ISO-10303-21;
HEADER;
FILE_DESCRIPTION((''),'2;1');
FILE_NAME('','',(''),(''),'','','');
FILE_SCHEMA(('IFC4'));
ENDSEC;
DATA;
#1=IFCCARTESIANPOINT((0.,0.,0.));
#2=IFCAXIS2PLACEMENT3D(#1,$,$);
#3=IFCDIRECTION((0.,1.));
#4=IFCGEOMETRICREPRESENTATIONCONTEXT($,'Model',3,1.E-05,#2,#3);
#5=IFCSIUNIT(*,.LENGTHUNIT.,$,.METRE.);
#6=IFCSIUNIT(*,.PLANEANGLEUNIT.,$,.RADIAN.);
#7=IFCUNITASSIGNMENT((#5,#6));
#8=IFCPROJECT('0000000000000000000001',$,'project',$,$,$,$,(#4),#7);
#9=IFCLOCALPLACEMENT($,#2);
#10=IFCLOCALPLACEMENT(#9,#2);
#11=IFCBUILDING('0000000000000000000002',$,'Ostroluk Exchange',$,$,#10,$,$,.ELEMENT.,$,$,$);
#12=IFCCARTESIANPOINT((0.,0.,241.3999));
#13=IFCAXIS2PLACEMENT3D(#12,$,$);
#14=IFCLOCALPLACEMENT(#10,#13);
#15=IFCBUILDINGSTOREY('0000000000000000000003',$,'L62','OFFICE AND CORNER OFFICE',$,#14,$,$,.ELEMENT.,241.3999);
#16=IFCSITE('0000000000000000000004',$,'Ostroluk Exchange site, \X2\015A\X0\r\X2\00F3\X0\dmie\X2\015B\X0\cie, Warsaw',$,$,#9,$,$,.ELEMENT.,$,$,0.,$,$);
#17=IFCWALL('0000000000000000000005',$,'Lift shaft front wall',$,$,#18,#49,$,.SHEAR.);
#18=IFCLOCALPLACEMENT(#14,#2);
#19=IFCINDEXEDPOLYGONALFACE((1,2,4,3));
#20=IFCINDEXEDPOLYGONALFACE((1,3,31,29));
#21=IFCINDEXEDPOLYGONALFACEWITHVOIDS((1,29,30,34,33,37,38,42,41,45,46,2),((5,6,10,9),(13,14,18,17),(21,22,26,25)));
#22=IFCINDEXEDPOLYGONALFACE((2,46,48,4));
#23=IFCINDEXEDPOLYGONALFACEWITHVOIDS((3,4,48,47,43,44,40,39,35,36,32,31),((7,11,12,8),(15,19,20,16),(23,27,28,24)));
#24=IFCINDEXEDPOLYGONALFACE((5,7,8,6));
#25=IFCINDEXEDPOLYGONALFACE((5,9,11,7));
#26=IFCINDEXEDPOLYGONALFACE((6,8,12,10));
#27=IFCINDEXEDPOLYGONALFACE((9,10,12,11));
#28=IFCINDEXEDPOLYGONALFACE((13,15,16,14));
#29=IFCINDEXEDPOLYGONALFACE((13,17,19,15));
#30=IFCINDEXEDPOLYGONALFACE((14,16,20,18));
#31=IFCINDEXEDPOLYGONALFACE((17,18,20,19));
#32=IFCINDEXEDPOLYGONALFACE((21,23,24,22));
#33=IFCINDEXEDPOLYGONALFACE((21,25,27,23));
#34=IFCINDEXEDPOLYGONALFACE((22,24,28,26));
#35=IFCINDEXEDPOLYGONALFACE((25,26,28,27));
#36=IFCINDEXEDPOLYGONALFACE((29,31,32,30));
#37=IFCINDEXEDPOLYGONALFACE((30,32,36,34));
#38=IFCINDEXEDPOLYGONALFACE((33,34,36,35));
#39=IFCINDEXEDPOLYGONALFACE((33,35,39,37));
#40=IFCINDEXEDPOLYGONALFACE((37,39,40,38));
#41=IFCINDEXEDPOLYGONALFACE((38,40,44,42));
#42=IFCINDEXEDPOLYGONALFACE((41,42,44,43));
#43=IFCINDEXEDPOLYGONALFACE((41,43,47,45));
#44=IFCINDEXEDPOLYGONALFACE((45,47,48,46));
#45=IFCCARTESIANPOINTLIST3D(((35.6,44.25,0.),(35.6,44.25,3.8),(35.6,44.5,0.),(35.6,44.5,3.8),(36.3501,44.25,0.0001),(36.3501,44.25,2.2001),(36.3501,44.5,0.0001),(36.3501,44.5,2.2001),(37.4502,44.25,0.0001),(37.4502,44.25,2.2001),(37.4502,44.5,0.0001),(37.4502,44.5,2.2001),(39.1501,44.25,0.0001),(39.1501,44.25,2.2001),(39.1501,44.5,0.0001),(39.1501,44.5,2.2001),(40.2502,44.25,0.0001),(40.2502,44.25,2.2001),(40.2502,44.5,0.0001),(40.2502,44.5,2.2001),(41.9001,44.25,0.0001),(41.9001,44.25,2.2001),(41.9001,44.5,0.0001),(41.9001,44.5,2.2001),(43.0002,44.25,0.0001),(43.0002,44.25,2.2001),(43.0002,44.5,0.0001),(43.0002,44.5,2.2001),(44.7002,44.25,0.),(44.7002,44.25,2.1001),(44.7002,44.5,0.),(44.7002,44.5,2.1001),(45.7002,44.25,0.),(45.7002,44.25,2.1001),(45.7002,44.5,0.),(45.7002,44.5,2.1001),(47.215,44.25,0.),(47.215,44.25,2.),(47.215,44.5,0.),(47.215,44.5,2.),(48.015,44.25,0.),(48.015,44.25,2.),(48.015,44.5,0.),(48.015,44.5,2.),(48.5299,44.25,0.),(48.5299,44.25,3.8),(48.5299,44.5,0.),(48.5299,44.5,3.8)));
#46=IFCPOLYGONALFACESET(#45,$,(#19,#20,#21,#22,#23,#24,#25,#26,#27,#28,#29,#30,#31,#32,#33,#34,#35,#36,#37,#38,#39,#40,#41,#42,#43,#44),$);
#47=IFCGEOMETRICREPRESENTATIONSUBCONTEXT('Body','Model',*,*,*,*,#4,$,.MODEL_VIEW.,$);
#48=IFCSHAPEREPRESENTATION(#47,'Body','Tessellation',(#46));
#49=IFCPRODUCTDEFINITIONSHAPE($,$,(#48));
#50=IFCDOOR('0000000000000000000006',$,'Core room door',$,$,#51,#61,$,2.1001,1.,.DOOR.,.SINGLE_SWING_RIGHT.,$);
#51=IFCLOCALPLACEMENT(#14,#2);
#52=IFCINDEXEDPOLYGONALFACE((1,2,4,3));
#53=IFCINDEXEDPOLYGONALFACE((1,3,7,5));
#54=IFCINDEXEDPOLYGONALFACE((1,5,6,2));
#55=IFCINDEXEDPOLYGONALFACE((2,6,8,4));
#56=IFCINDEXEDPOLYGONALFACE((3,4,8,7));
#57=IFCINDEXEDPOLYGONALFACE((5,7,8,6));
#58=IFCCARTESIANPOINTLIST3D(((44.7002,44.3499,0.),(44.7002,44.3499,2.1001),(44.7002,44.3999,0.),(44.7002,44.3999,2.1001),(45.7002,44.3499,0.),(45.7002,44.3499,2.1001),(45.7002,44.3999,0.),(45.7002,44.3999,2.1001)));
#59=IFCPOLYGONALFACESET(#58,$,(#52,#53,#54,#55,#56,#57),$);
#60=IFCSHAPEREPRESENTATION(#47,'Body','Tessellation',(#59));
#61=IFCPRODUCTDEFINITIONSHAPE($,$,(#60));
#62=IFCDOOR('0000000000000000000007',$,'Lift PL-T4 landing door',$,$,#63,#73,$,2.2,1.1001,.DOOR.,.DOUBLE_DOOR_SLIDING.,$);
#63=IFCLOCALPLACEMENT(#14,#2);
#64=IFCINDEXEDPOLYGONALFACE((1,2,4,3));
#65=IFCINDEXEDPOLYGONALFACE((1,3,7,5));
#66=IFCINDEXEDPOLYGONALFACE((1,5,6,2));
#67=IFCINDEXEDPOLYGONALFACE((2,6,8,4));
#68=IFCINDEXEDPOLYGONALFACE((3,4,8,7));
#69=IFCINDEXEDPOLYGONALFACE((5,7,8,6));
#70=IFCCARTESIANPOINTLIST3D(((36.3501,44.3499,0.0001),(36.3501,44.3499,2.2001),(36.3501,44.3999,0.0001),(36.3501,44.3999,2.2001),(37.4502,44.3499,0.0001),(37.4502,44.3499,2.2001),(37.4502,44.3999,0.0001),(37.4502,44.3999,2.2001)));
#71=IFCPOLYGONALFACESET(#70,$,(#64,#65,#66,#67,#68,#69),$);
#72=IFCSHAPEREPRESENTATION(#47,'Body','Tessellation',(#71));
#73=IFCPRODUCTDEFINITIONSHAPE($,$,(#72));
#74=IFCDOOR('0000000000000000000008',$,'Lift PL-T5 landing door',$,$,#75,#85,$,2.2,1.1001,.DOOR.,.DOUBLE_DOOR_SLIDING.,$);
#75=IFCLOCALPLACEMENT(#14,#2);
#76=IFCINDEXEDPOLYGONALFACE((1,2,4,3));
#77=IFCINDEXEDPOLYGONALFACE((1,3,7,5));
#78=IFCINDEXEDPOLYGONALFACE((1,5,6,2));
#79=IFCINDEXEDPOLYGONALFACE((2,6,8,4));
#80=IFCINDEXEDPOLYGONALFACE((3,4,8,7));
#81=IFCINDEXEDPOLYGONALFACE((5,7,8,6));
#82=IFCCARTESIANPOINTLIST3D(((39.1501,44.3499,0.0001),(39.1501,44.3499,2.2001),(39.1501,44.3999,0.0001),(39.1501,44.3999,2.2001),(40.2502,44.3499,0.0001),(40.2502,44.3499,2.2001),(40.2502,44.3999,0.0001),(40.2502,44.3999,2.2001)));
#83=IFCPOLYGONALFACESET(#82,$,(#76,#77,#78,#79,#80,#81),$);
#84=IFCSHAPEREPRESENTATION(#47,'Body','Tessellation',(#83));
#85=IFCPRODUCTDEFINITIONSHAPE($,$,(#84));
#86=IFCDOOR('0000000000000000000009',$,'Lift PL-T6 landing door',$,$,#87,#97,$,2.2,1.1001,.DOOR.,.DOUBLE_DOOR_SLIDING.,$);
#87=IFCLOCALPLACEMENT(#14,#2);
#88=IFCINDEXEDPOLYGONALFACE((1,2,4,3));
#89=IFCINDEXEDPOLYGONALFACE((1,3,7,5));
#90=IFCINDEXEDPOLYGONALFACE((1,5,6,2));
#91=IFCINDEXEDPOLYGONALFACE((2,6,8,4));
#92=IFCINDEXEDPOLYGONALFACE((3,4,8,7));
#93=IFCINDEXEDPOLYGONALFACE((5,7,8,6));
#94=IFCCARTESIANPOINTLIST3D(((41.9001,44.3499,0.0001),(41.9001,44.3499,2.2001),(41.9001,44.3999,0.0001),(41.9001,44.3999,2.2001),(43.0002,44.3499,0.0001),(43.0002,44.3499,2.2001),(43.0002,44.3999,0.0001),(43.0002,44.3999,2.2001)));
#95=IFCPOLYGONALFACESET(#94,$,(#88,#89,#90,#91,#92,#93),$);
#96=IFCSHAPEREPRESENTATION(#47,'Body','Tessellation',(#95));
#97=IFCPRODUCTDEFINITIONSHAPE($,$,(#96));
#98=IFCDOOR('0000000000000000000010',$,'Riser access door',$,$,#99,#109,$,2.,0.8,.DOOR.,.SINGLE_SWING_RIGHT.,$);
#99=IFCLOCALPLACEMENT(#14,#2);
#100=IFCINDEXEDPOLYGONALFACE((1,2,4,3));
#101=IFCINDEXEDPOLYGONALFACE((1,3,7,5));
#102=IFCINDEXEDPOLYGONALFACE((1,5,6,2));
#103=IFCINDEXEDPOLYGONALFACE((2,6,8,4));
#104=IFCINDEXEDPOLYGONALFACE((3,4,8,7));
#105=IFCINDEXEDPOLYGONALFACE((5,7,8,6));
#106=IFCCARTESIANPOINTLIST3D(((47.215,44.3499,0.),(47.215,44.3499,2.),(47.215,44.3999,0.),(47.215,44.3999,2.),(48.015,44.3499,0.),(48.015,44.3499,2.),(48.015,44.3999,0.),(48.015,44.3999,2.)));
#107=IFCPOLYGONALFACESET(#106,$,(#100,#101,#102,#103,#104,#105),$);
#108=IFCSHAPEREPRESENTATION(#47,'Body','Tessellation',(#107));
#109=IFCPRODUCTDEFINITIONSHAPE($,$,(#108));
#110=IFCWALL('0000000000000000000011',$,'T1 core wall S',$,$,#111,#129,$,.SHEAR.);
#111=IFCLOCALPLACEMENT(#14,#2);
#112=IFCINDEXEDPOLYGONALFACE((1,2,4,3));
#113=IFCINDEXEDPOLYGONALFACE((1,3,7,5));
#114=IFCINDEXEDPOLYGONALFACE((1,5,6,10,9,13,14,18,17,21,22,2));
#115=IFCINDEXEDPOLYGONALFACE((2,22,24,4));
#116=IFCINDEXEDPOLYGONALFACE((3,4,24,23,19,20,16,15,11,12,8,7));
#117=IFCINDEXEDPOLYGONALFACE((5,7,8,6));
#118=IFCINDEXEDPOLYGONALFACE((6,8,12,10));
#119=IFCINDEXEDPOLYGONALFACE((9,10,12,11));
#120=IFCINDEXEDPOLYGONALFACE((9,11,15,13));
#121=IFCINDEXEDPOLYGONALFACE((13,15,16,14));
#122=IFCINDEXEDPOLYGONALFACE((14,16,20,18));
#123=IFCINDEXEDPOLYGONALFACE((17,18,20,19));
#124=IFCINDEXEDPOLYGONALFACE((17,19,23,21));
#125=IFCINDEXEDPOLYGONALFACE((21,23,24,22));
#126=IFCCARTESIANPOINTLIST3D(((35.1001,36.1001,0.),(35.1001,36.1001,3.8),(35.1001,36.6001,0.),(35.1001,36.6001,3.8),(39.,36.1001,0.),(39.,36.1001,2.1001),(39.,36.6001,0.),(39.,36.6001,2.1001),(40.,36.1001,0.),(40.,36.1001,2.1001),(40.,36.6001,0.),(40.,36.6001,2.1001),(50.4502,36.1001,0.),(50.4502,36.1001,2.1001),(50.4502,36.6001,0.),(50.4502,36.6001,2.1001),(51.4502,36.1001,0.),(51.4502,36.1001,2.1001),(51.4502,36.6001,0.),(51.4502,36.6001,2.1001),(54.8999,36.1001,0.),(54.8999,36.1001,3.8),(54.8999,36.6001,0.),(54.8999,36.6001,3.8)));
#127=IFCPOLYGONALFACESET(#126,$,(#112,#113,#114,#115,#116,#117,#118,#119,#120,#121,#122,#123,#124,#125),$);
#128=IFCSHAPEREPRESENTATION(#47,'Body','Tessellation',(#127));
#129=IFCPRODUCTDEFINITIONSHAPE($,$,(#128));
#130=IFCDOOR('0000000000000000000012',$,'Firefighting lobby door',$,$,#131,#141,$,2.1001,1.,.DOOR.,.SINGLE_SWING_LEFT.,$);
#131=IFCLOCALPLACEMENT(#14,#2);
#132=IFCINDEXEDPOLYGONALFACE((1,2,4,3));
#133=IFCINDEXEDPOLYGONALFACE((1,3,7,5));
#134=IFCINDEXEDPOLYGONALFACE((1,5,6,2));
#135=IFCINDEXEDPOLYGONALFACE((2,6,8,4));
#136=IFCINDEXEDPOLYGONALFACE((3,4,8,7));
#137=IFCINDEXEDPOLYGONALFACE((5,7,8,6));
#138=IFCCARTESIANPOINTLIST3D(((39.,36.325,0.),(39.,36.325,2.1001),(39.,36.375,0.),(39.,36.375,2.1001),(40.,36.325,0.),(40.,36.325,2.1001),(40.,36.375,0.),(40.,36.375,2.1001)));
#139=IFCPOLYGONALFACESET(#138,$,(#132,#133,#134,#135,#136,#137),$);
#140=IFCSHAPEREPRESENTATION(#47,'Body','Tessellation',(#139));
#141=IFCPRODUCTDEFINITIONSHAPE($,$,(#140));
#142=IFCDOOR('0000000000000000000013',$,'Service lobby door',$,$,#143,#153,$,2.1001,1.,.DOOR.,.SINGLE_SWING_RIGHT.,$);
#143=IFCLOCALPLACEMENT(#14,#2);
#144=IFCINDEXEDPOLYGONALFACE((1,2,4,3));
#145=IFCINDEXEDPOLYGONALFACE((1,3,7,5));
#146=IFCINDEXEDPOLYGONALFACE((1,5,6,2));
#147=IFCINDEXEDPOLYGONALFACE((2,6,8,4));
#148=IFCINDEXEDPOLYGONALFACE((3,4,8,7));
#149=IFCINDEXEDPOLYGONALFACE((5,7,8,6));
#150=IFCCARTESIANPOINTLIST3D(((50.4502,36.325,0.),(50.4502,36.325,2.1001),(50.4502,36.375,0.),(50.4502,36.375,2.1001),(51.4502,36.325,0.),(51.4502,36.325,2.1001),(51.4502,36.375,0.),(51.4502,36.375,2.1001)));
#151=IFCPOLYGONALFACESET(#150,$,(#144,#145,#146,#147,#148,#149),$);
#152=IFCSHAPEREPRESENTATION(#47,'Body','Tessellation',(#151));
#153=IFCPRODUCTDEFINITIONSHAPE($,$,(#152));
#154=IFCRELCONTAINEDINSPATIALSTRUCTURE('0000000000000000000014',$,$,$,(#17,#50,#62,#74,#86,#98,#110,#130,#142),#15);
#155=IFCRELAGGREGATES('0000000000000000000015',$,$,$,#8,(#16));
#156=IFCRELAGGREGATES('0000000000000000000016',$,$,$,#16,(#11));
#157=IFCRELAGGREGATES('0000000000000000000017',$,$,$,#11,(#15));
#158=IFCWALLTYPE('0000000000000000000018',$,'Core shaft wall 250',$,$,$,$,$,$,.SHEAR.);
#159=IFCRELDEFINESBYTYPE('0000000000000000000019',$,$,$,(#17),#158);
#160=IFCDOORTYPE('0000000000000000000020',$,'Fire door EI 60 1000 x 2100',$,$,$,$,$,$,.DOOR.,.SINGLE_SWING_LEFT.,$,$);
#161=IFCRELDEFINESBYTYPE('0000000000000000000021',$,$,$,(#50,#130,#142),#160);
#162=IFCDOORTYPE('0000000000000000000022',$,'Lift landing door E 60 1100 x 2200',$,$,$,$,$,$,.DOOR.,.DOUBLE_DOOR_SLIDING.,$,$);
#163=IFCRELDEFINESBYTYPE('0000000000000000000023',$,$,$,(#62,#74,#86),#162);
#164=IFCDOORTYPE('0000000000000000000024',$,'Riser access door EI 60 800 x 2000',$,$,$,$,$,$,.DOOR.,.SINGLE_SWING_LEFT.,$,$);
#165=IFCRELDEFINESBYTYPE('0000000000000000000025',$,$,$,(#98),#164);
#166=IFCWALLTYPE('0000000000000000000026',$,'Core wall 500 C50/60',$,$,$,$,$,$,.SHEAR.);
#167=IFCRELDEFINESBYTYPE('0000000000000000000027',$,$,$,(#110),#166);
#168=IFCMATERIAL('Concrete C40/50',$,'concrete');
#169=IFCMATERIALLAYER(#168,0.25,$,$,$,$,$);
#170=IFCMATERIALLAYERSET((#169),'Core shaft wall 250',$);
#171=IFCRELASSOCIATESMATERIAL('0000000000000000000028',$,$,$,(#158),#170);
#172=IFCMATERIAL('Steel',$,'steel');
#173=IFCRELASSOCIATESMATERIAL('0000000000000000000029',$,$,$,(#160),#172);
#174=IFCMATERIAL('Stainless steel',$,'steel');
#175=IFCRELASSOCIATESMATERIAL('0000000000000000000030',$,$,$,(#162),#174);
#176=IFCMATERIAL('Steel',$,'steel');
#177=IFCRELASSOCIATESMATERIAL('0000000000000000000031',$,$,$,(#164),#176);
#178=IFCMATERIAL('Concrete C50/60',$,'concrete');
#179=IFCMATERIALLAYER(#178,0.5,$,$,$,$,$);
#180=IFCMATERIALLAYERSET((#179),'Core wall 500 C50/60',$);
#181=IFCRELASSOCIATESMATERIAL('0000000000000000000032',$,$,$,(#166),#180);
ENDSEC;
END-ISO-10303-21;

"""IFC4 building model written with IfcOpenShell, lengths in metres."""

from ifc_helpers import new_model, si_unit, direction, frame, frame_2d, origin, place, context, subcontext, project, spatial, rectangle, extrude, material, layer, layer_set, type_object, element, fill, save


model = new_model("IFC4")

# Units and contexts
model_context = context("Model", 3, precision=1e-05, world=origin(), true_north=direction((0.0, 1.0)))
body_context = subcontext(model_context, "Body", "Model", "MODEL_VIEW")
ifc_project = project(units=[si_unit("LENGTHUNIT", "METRE"), si_unit("PLANEANGLEUNIT", "RADIAN")], contexts=[model_context])

# Site, building, storey
site_placement = place(None, origin())
site = spatial("IfcSite", under=ifc_project, at=site_placement, Name="Ostroluk Exchange site, Śródmieście, Warsaw", CompositionType="ELEMENT", RefElevation=0.0)
building_placement = place(site_placement, origin())
building = spatial("IfcBuilding", under=site, at=building_placement, Name="Ostroluk Exchange", CompositionType="ELEMENT")
storey_placement = place(building_placement, frame((0.0, 0.0, 241.3999)))
storey = spatial("IfcBuildingStorey", under=building, at=storey_placement, Name="L62", Description="OFFICE AND CORNER OFFICE", CompositionType="ELEMENT", Elevation=241.3999)

# Shared definitions
ifc_material_1 = material(Name="Concrete C40/50", Category="concrete")
ifc_layer_1 = layer(ifc_material_1, 0.25)
ifc_layer_set_1 = layer_set([ifc_layer_1], Name="Core shaft wall 250")
wall_type_1 = type_object("IfcWallType", Name="Core shaft wall 250", PredefinedType="SHEAR", material=ifc_layer_set_1)

# Walls, openings, doors
wall_1_placement = place(storey_placement, frame((35.6001, 44.375, 0.0), z_axis=(0.0, 0.0, 1.0), x_axis=(1.0, 0.0, 0.0)))
wall_1 = element("IfcWall", 1, at=wall_1_placement, inside=storey, type_object=wall_type_1, Name="Lift shaft front wall", PredefinedType="SHEAR", context=body_context, shape_type="SweptSolid", body=[
    extrude(rectangle(XDim=12.9299, YDim=0.25, at=frame_2d((6.4648, 0.0))), origin(), (0.0, 0.0, 1.0), 3.8),
])
opening_1_placement = place(wall_1_placement, frame((0.75, 0.0, 0.0)))
opening_1 = element("IfcOpeningElement", 2, at=opening_1_placement, cuts=wall_1, PredefinedType="OPENING", context=body_context, shape_type="SweptSolid", body=[
    extrude(rectangle(XDim=1.1001, YDim=2.2, at=frame_2d((0.55, 1.1001))), frame((0.0, 0.135, 0.0), z_axis=(0.0, -1.0, 0.0), x_axis=(1.0, 0.0, 0.0)), (0.0, 0.0, 1.0), 0.27),
])
opening_2_placement = place(wall_1_placement, frame((3.55, 0.0, 0.0)))
opening_2 = element("IfcOpeningElement", 3, at=opening_2_placement, cuts=wall_1, PredefinedType="OPENING", context=body_context, shape_type="SweptSolid", body=[
    extrude(rectangle(XDim=1.1001, YDim=2.2, at=frame_2d((0.55, 1.1001))), frame((0.0, 0.135, 0.0), z_axis=(0.0, -1.0, 0.0), x_axis=(1.0, 0.0, 0.0)), (0.0, 0.0, 1.0), 0.27),
])
opening_3_placement = place(wall_1_placement, frame((6.3, 0.0, 0.0)))
opening_3 = element("IfcOpeningElement", 4, at=opening_3_placement, cuts=wall_1, PredefinedType="OPENING", context=body_context, shape_type="SweptSolid", body=[
    extrude(rectangle(XDim=1.1001, YDim=2.2, at=frame_2d((0.55, 1.1001))), frame((0.0, 0.135, 0.0), z_axis=(0.0, -1.0, 0.0), x_axis=(1.0, 0.0, 0.0)), (0.0, 0.0, 1.0), 0.27),
])
opening_4_placement = place(wall_1_placement, frame((9.1001, 0.0, 0.0)))
opening_4 = element("IfcOpeningElement", 5, at=opening_4_placement, cuts=wall_1, PredefinedType="OPENING", context=body_context, shape_type="SweptSolid", body=[
    extrude(rectangle(XDim=1.0, YDim=2.1001, at=frame_2d((0.5, 1.05))), frame((0.0, 0.135, 0.0), z_axis=(0.0, -1.0, 0.0), x_axis=(1.0, 0.0, 0.0)), (0.0, 0.0, 1.0), 0.27),
])
opening_5_placement = place(wall_1_placement, frame((11.615, 0.0, 0.0)))
opening_5 = element("IfcOpeningElement", 6, at=opening_5_placement, cuts=wall_1, PredefinedType="OPENING", context=body_context, shape_type="SweptSolid", body=[
    extrude(rectangle(XDim=0.8, YDim=2.0, at=frame_2d((0.3999, 1.0))), frame((0.0, 0.135, 0.0), z_axis=(0.0, -1.0, 0.0), x_axis=(1.0, 0.0, 0.0)), (0.0, 0.0, 1.0), 0.27),
])
ifc_material_2 = material(Name="Steel", Category="steel")
door_type_1 = type_object("IfcDoorType", Name="Fire door EI 60 1000 x 2100", OperationType="SINGLE_SWING_LEFT", PredefinedType="DOOR", material=ifc_material_2)
door_1_placement = place(opening_4_placement, origin())
door_1 = element("IfcDoor", 7, at=door_1_placement, inside=storey, type_object=door_type_1, Name="Core room door", OperationType="SINGLE_SWING_RIGHT", OverallHeight=2.1001, OverallWidth=1.0, PredefinedType="DOOR", context=body_context, shape_type="SweptSolid", body=[
    extrude(rectangle(XDim=1.0, YDim=2.1001, at=frame_2d((0.5, 1.05))), frame((0.0, 0.0249, 0.0), z_axis=(0.0, -1.0, 0.0), x_axis=(1.0, 0.0, 0.0)), (0.0, 0.0, 1.0), 0.05),
])
fill(opening_4, door_1)
ifc_material_3 = material(Name="Stainless steel", Category="steel")
door_type_2 = type_object("IfcDoorType", Name="Lift landing door E 60 1100 x 2200", OperationType="DOUBLE_DOOR_SLIDING", PredefinedType="DOOR", material=ifc_material_3)
door_2_placement = place(opening_1_placement, origin())
door_2 = element("IfcDoor", 8, at=door_2_placement, inside=storey, type_object=door_type_2, Name="Lift PL-T4 landing door", OperationType="DOUBLE_DOOR_SLIDING", OverallHeight=2.2, OverallWidth=1.1001, PredefinedType="DOOR", context=body_context, shape_type="SweptSolid", body=[
    extrude(rectangle(XDim=1.1001, YDim=2.2, at=frame_2d((0.55, 1.1001))), frame((0.0, 0.0249, 0.0), z_axis=(0.0, -1.0, 0.0), x_axis=(1.0, 0.0, 0.0)), (0.0, 0.0, 1.0), 0.05),
])
fill(opening_1, door_2)
door_3_placement = place(opening_2_placement, origin())
door_3 = element("IfcDoor", 9, at=door_3_placement, inside=storey, type_object=door_type_2, Name="Lift PL-T5 landing door", OperationType="DOUBLE_DOOR_SLIDING", OverallHeight=2.2, OverallWidth=1.1001, PredefinedType="DOOR", context=body_context, shape_type="SweptSolid", body=[
    extrude(rectangle(XDim=1.1001, YDim=2.2, at=frame_2d((0.55, 1.1001))), frame((0.0, 0.0249, 0.0), z_axis=(0.0, -1.0, 0.0), x_axis=(1.0, 0.0, 0.0)), (0.0, 0.0, 1.0), 0.05),
])
fill(opening_2, door_3)
door_4_placement = place(opening_3_placement, origin())
door_4 = element("IfcDoor", 10, at=door_4_placement, inside=storey, type_object=door_type_2, Name="Lift PL-T6 landing door", OperationType="DOUBLE_DOOR_SLIDING", OverallHeight=2.2, OverallWidth=1.1001, PredefinedType="DOOR", context=body_context, shape_type="SweptSolid", body=[
    extrude(rectangle(XDim=1.1001, YDim=2.2, at=frame_2d((0.55, 1.1001))), frame((0.0, 0.0249, 0.0), z_axis=(0.0, -1.0, 0.0), x_axis=(1.0, 0.0, 0.0)), (0.0, 0.0, 1.0), 0.05),
])
fill(opening_3, door_4)
ifc_material_4 = material(Name="Steel", Category="steel")
door_type_3 = type_object("IfcDoorType", Name="Riser access door EI 60 800 x 2000", OperationType="SINGLE_SWING_LEFT", PredefinedType="DOOR", material=ifc_material_4)
door_5_placement = place(opening_5_placement, origin())
door_5 = element("IfcDoor", 11, at=door_5_placement, inside=storey, type_object=door_type_3, Name="Riser access door", OperationType="SINGLE_SWING_RIGHT", OverallHeight=2.0, OverallWidth=0.8, PredefinedType="DOOR", context=body_context, shape_type="SweptSolid", body=[
    extrude(rectangle(XDim=0.8, YDim=2.0, at=frame_2d((0.3999, 1.0))), frame((0.0, 0.0249, 0.0), z_axis=(0.0, -1.0, 0.0), x_axis=(1.0, 0.0, 0.0)), (0.0, 0.0, 1.0), 0.05),
])
fill(opening_5, door_5)
ifc_material_5 = material(Name="Concrete C50/60", Category="concrete")
ifc_layer_2 = layer(ifc_material_5, 0.5)
ifc_layer_set_2 = layer_set([ifc_layer_2], Name="Core wall 500 C50/60")
wall_type_2 = type_object("IfcWallType", Name="Core wall 500 C50/60", PredefinedType="SHEAR", material=ifc_layer_set_2)
wall_2_placement = place(storey_placement, frame((35.1001, 36.3501, 0.0), z_axis=(0.0, 0.0, 1.0), x_axis=(1.0, 0.0, 0.0)))
wall_2 = element("IfcWall", 12, at=wall_2_placement, inside=storey, type_object=wall_type_2, Name="T1 core wall S", PredefinedType="SHEAR", context=body_context, shape_type="SweptSolid", body=[
    extrude(rectangle(XDim=19.7998, YDim=0.5, at=frame_2d((9.8999, 0.0))), origin(), (0.0, 0.0, 1.0), 3.8),
])
opening_6_placement = place(wall_2_placement, frame((3.8999, 0.0, 0.0)))
opening_6 = element("IfcOpeningElement", 13, at=opening_6_placement, cuts=wall_2, PredefinedType="OPENING", context=body_context, shape_type="SweptSolid", body=[
    extrude(rectangle(XDim=1.0, YDim=2.1001, at=frame_2d((0.5, 1.05))), frame((0.0, 0.26, 0.0), z_axis=(0.0, -1.0, 0.0), x_axis=(1.0, 0.0, 0.0)), (0.0, 0.0, 1.0), 0.52),
])
opening_7_placement = place(wall_2_placement, frame((15.3501, 0.0, 0.0)))
opening_7 = element("IfcOpeningElement", 14, at=opening_7_placement, cuts=wall_2, PredefinedType="OPENING", context=body_context, shape_type="SweptSolid", body=[
    extrude(rectangle(XDim=1.0, YDim=2.1001, at=frame_2d((0.5, 1.05))), frame((0.0, 0.26, 0.0), z_axis=(0.0, -1.0, 0.0), x_axis=(1.0, 0.0, 0.0)), (0.0, 0.0, 1.0), 0.52),
])
door_6_placement = place(opening_6_placement, origin())
door_6 = element("IfcDoor", 15, at=door_6_placement, inside=storey, type_object=door_type_1, Name="Firefighting lobby door", OperationType="SINGLE_SWING_LEFT", OverallHeight=2.1001, OverallWidth=1.0, PredefinedType="DOOR", context=body_context, shape_type="SweptSolid", body=[
    extrude(rectangle(XDim=1.0, YDim=2.1001, at=frame_2d((0.5, 1.05))), frame((0.0, 0.0249, 0.0), z_axis=(0.0, -1.0, 0.0), x_axis=(1.0, 0.0, 0.0)), (0.0, 0.0, 1.0), 0.05),
])
fill(opening_6, door_6)
door_7_placement = place(opening_7_placement, origin())
door_7 = element("IfcDoor", 16, at=door_7_placement, inside=storey, type_object=door_type_1, Name="Service lobby door", OperationType="SINGLE_SWING_RIGHT", OverallHeight=2.1001, OverallWidth=1.0, PredefinedType="DOOR", context=body_context, shape_type="SweptSolid", body=[
    extrude(rectangle(XDim=1.0, YDim=2.1001, at=frame_2d((0.5, 1.05))), frame((0.0, 0.0249, 0.0), z_axis=(0.0, -1.0, 0.0), x_axis=(1.0, 0.0, 0.0)), (0.0, 0.0, 1.0), 0.05),
])
fill(opening_7, door_7)

save(model, "model.ifc")
